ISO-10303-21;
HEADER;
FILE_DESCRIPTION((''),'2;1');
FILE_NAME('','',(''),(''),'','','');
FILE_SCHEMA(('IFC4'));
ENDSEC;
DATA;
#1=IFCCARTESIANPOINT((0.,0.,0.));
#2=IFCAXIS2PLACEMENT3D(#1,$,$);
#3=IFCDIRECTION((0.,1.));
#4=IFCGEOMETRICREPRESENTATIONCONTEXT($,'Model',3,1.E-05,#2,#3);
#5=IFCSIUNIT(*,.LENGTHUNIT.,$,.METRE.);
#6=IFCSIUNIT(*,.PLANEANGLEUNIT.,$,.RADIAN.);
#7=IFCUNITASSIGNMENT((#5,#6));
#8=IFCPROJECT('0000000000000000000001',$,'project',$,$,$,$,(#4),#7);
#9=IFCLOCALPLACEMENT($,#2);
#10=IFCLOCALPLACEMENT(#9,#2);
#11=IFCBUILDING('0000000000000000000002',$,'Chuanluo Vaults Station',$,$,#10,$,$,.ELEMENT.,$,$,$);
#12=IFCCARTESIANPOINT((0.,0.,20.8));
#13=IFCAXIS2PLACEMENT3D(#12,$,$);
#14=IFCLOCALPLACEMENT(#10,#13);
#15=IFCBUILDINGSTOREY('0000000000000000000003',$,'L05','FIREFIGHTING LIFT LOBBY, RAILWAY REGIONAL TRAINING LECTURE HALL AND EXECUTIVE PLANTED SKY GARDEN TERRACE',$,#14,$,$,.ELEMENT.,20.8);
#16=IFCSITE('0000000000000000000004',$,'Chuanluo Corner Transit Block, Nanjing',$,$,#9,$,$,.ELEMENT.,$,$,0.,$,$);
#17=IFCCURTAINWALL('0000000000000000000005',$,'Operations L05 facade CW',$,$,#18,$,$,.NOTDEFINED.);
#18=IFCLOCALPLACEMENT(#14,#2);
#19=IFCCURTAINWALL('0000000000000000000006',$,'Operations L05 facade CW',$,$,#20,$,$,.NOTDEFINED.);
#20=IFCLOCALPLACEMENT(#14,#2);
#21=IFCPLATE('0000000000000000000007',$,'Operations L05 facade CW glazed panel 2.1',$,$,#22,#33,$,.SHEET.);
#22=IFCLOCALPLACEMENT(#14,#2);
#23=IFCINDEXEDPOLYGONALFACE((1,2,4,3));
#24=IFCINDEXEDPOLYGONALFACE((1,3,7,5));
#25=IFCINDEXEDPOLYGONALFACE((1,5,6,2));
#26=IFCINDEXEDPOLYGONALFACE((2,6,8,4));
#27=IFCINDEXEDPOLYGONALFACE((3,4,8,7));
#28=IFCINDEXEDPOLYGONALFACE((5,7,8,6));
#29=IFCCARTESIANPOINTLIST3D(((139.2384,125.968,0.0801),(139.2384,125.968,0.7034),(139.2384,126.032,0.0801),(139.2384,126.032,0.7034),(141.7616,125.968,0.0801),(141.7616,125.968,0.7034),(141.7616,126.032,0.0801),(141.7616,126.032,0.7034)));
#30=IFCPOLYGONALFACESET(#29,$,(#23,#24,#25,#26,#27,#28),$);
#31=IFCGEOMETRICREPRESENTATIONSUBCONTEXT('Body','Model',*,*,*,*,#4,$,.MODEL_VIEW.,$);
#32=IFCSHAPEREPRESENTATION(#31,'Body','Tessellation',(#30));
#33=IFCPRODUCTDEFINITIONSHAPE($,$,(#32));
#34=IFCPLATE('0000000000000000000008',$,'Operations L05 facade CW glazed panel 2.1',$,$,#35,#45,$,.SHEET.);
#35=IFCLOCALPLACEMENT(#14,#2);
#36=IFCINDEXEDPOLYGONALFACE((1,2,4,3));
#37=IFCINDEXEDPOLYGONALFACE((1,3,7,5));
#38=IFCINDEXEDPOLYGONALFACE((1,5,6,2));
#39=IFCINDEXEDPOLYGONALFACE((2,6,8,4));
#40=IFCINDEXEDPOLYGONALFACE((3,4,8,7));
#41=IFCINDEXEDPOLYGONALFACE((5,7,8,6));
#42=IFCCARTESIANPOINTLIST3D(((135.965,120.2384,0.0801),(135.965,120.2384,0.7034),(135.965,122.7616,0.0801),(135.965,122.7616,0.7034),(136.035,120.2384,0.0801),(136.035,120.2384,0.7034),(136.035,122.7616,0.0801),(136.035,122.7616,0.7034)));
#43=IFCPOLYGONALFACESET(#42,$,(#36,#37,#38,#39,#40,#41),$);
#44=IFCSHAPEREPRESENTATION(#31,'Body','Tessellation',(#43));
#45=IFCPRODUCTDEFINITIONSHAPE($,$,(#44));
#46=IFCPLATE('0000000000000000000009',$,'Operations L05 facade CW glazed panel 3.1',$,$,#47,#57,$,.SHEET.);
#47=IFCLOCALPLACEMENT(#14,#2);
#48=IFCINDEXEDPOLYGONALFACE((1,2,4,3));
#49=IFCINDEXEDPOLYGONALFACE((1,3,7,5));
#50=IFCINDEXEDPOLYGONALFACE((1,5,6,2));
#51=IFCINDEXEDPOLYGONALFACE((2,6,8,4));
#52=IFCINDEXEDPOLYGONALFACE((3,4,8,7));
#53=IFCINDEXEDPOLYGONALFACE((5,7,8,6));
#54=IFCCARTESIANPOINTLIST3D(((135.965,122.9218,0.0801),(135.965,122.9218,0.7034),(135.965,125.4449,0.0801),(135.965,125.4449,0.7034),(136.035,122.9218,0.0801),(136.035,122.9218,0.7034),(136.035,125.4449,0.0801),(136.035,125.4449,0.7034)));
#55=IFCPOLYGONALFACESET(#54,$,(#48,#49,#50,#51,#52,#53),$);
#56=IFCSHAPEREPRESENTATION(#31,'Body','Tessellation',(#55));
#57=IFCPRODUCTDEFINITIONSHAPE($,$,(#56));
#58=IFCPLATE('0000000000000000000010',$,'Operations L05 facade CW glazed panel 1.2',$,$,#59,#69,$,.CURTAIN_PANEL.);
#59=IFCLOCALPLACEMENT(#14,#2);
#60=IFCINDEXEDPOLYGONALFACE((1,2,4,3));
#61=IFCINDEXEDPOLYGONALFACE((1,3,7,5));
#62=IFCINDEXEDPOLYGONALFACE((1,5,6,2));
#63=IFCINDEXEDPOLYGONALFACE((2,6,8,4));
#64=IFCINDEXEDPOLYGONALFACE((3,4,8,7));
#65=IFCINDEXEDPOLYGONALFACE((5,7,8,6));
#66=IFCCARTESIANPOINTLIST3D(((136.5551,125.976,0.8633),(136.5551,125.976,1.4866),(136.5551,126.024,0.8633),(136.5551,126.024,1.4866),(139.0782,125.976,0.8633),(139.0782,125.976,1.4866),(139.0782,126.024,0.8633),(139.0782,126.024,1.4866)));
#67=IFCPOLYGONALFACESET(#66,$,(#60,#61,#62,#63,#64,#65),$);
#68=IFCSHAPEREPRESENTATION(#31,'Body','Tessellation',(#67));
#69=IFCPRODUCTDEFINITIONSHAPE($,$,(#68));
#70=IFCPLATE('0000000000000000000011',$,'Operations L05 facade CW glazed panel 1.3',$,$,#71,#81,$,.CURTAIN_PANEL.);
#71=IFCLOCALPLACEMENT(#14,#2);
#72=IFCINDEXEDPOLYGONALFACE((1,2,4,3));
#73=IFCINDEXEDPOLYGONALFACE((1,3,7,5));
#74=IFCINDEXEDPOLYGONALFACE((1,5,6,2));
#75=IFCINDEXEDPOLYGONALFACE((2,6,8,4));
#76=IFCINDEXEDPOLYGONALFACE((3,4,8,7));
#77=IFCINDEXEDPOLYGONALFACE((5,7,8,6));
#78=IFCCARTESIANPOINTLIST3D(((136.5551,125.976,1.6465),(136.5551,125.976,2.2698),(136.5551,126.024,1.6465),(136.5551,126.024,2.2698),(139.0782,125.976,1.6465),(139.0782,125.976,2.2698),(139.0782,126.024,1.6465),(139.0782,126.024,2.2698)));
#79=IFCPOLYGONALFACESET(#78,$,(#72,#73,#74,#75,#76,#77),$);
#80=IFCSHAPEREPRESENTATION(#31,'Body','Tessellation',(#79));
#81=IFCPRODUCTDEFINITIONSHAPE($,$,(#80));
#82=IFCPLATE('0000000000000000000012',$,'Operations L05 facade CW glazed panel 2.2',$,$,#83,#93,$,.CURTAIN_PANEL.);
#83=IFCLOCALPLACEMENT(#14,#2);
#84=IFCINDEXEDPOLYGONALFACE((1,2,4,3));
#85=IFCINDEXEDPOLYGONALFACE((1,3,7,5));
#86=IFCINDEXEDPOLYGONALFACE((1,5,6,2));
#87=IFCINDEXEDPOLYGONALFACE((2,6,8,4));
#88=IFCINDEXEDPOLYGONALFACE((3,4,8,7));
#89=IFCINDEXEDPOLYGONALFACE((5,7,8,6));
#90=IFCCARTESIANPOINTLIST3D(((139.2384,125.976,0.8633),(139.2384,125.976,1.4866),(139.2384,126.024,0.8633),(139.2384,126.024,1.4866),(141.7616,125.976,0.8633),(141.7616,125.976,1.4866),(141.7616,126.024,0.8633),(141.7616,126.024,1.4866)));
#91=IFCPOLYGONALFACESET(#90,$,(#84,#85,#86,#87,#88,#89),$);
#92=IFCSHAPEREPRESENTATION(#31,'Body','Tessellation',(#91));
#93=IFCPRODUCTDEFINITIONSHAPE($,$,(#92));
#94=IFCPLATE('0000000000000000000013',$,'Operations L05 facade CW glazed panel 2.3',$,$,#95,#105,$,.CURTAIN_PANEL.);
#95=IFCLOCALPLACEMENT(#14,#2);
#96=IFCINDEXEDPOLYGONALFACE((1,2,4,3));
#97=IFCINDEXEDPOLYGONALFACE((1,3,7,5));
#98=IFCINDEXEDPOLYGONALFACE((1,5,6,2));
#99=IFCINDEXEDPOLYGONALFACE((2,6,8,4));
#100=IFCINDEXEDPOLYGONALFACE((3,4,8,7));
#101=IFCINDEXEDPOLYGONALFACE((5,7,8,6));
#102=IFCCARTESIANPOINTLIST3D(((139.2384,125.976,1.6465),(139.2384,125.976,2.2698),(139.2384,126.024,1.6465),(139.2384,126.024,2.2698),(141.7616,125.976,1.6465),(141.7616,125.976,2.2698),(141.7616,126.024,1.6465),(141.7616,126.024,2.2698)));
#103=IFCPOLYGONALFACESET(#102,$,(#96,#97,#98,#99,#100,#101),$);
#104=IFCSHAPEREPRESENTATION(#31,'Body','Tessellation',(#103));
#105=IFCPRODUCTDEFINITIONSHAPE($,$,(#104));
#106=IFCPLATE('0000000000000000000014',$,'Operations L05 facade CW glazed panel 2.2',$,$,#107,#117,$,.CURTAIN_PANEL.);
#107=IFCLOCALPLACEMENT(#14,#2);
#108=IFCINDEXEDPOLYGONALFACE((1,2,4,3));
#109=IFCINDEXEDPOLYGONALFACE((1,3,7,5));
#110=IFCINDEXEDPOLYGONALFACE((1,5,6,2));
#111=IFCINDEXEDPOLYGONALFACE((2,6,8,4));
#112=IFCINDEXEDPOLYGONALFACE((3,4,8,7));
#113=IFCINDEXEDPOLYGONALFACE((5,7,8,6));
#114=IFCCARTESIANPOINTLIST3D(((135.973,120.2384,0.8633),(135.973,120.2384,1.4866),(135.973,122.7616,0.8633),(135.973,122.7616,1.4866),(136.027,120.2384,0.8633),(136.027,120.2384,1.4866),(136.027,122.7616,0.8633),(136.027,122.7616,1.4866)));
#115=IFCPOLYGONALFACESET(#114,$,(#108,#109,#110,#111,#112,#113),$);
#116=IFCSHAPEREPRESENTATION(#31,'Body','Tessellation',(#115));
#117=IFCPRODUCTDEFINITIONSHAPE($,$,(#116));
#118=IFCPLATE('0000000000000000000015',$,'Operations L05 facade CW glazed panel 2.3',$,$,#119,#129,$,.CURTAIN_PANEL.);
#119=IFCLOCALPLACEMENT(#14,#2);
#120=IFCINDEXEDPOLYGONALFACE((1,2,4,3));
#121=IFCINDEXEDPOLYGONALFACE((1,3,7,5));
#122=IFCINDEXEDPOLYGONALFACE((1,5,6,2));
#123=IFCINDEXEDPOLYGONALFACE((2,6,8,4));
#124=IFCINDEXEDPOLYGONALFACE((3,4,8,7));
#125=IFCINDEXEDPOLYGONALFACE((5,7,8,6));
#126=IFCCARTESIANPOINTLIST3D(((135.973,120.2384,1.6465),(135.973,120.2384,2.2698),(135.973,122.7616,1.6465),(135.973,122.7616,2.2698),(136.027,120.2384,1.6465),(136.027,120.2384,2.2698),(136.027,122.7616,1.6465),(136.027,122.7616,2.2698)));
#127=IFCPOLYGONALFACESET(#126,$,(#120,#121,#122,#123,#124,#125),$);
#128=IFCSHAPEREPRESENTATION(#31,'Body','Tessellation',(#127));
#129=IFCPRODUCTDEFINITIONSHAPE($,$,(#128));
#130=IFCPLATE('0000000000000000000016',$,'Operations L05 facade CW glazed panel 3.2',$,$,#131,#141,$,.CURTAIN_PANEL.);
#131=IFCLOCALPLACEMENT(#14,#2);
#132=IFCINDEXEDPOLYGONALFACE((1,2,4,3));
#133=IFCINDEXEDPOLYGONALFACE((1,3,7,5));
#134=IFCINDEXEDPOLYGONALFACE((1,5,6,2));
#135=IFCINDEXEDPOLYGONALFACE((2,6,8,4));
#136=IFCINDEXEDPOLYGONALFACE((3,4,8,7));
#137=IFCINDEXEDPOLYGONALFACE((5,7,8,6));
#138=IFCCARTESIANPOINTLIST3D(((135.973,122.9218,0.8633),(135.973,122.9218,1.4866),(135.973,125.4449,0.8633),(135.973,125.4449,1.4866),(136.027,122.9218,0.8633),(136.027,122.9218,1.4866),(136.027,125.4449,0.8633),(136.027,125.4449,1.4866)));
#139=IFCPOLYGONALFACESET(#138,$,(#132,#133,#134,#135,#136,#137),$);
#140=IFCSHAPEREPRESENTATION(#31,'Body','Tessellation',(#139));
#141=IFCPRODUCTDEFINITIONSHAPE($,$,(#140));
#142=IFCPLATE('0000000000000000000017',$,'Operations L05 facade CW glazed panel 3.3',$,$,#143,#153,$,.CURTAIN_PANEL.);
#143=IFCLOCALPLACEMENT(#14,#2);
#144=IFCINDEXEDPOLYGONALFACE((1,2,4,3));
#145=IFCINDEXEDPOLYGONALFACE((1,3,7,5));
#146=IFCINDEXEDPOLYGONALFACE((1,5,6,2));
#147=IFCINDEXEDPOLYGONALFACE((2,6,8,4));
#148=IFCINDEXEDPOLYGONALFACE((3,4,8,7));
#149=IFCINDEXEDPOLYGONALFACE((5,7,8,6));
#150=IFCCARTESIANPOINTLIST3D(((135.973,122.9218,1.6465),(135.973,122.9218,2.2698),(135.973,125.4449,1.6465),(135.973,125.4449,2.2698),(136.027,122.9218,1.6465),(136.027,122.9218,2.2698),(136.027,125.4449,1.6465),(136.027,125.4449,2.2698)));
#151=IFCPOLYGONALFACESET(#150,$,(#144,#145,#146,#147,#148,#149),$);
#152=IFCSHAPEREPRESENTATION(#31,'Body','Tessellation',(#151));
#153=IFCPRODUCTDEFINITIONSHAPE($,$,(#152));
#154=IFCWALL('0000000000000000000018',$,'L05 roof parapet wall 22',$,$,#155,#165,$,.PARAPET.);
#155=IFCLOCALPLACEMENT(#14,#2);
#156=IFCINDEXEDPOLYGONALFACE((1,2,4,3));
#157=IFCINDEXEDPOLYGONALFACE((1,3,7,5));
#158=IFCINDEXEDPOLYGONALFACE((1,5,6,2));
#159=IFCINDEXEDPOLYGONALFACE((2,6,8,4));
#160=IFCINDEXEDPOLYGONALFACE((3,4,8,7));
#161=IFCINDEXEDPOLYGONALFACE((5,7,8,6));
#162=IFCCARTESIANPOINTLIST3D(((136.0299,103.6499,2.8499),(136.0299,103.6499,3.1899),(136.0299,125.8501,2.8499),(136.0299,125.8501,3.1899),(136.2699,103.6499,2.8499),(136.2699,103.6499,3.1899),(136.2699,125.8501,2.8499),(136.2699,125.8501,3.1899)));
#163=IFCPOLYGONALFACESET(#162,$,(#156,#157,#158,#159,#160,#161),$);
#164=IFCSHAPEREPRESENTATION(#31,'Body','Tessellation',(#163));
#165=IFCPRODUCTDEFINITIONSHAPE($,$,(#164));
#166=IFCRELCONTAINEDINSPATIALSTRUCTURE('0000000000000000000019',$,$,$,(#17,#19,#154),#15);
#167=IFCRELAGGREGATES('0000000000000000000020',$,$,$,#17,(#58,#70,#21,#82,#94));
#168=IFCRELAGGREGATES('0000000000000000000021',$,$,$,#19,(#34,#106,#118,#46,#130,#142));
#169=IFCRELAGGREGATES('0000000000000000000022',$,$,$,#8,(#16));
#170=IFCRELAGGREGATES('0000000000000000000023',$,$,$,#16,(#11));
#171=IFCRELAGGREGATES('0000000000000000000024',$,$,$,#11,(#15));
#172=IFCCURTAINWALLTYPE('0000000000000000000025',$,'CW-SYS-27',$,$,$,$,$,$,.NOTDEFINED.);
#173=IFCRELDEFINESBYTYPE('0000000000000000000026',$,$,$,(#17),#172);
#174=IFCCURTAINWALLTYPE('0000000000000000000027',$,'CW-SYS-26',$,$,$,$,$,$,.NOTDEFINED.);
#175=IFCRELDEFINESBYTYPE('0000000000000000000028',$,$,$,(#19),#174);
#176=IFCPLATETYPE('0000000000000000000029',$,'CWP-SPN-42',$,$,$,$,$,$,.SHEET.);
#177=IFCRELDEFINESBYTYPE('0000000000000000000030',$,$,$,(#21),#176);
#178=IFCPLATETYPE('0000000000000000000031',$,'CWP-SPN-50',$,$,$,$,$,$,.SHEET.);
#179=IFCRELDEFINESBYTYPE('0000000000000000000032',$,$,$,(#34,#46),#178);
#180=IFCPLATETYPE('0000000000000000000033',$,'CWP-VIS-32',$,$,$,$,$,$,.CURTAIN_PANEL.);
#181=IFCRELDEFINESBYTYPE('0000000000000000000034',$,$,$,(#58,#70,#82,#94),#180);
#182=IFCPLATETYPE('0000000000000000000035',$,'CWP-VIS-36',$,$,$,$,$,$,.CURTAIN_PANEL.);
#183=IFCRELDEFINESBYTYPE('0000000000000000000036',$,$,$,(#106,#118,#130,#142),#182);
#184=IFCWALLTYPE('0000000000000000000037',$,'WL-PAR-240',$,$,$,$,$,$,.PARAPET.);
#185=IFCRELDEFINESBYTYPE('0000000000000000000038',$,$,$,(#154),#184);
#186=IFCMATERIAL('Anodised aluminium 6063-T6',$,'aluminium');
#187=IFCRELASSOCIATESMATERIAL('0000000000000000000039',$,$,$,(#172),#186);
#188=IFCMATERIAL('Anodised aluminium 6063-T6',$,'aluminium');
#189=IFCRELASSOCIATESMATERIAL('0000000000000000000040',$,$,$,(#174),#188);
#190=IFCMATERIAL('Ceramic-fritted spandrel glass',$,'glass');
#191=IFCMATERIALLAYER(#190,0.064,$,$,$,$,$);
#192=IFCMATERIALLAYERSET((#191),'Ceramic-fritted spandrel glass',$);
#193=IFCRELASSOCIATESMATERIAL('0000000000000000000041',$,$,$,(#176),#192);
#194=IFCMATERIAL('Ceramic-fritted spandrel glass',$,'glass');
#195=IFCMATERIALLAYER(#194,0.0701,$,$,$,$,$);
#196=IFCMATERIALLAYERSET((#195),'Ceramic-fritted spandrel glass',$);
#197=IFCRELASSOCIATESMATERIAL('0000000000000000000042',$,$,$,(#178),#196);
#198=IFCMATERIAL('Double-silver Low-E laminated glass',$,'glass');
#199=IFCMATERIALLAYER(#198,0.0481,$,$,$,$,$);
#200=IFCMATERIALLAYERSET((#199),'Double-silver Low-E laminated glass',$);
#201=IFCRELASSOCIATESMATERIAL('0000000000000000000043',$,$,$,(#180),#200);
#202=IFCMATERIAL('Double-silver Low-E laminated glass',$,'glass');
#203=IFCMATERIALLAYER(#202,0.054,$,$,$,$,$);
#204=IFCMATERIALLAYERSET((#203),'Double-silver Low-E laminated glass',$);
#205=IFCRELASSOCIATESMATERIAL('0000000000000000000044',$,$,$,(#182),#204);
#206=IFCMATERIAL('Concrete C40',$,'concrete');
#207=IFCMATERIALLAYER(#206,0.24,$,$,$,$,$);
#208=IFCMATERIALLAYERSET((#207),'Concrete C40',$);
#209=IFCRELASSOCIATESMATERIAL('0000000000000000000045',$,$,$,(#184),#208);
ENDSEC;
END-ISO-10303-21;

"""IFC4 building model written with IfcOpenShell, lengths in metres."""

from ifc_helpers import new_model, si_unit, direction, frame, frame_2d, origin, origin_2d, place, context, subcontext, project, spatial, rectangle, extrude, material, layer, layer_set, type_object, element, aggregate, save


model = new_model("IFC4")

# Units and contexts
model_context = context("Model", 3, precision=1e-05, world=origin(), true_north=direction((0.0, 1.0)))
body_context = subcontext(model_context, "Body", "Model", "MODEL_VIEW")
ifc_project = project(units=[si_unit("LENGTHUNIT", "METRE"), si_unit("PLANEANGLEUNIT", "RADIAN")], contexts=[model_context])

# Site, building, storey
site_placement = place(None, origin())
site = spatial("IfcSite", under=ifc_project, at=site_placement, Name="Chuanluo Corner Transit Block, Nanjing", CompositionType="ELEMENT", RefElevation=0.0)
building_placement = place(site_placement, origin())
building = spatial("IfcBuilding", under=site, at=building_placement, Name="Chuanluo Vaults Station", CompositionType="ELEMENT")
storey_placement = place(building_placement, frame((0.0, 0.0, 20.8)))
storey = spatial("IfcBuildingStorey", under=building, at=storey_placement, Name="L05", Description="FIREFIGHTING LIFT LOBBY, RAILWAY REGIONAL TRAINING LECTURE HALL AND EXECUTIVE PLANTED SKY GARDEN TERRACE", CompositionType="ELEMENT", Elevation=20.8)

# Curtain walls
ifc_material_1 = material(Name="Anodised aluminium 6063-T6", Category="aluminium")
curtain_wall_type_1 = type_object("IfcCurtainWallType", Name="CW-SYS-27", PredefinedType="NOTDEFINED", material=ifc_material_1)
curtain_wall_1_placement = place(storey_placement, origin())
curtain_wall_1 = element("IfcCurtainWall", 1, at=curtain_wall_1_placement, inside=storey, type_object=curtain_wall_type_1, Name="Operations L05 facade CW", PredefinedType="NOTDEFINED")
ifc_material_2 = material(Name="Anodised aluminium 6063-T6", Category="aluminium")
curtain_wall_type_2 = type_object("IfcCurtainWallType", Name="CW-SYS-26", PredefinedType="NOTDEFINED", material=ifc_material_2)
curtain_wall_2_placement = place(storey_placement, origin())
curtain_wall_2 = element("IfcCurtainWall", 2, at=curtain_wall_2_placement, inside=storey, type_object=curtain_wall_type_2, Name="Operations L05 facade CW", PredefinedType="NOTDEFINED")

# Plates
ifc_material_3 = material(Name="Ceramic-fritted spandrel glass", Category="glass")
ifc_layer_1 = layer(ifc_material_3, 0.064)
ifc_layer_set_1 = layer_set([ifc_layer_1], Name="Ceramic-fritted spandrel glass")
plate_type_1 = type_object("IfcPlateType", Name="CWP-SPN-42", PredefinedType="SHEET", material=ifc_layer_set_1)
plate_1_placement = place(storey_placement, frame((140.5, 126.0, 0.0801), z_axis=(0.0, 0.0, 1.0), x_axis=(1.0, 0.0, 0.0)))
plate_1 = element("IfcPlate", 3, at=plate_1_placement, type_object=plate_type_1, Name="Operations L05 facade CW glazed panel 2.1", PredefinedType="SHEET", context=body_context, shape_type="SweptSolid", body=[
    extrude(rectangle(XDim=2.5232, YDim=0.064, at=origin_2d()), origin(), (0.0, 0.0, 1.0), 0.6233),
])
ifc_material_4 = material(Name="Ceramic-fritted spandrel glass", Category="glass")
ifc_layer_2 = layer(ifc_material_4, 0.0701)
ifc_layer_set_2 = layer_set([ifc_layer_2], Name="Ceramic-fritted spandrel glass")
plate_type_2 = type_object("IfcPlateType", Name="CWP-SPN-50", PredefinedType="SHEET", material=ifc_layer_set_2)
plate_2_placement = place(storey_placement, frame((136.0, 121.5, 0.0801), z_axis=(0.0, 0.0, 1.0), x_axis=(0.0, 1.0, 0.0)))
plate_2 = element("IfcPlate", 4, at=plate_2_placement, type_object=plate_type_2, Name="Operations L05 facade CW glazed panel 2.1", PredefinedType="SHEET", context=body_context, shape_type="SweptSolid", body=[
    extrude(rectangle(XDim=2.5232, YDim=0.0701, at=origin_2d()), origin(), (0.0, 0.0, 1.0), 0.6233),
])
plate_3_placement = place(storey_placement, frame((136.0, 124.1833, 0.0801), z_axis=(0.0, 0.0, 1.0), x_axis=(0.0, 1.0, 0.0)))
plate_3 = element("IfcPlate", 5, at=plate_3_placement, type_object=plate_type_2, Name="Operations L05 facade CW glazed panel 3.1", PredefinedType="SHEET", context=body_context, shape_type="SweptSolid", body=[
    extrude(rectangle(XDim=2.5232, YDim=0.0701, at=origin_2d()), origin(), (0.0, 0.0, 1.0), 0.6233),
])
ifc_material_5 = material(Name="Double-silver Low-E laminated glass", Category="glass")
ifc_layer_3 = layer(ifc_material_5, 0.0481)
ifc_layer_set_3 = layer_set([ifc_layer_3], Name="Double-silver Low-E laminated glass")
plate_type_3 = type_object("IfcPlateType", Name="CWP-VIS-32", PredefinedType="CURTAIN_PANEL", material=ifc_layer_set_3)
plate_4_placement = place(storey_placement, frame((137.8167, 126.0, 0.8633), z_axis=(0.0, 0.0, 1.0), x_axis=(1.0, 0.0, 0.0)))
plate_4 = element("IfcPlate", 6, at=plate_4_placement, type_object=plate_type_3, Name="Operations L05 facade CW glazed panel 1.2", PredefinedType="CURTAIN_PANEL", context=body_context, shape_type="SweptSolid", body=[
    extrude(rectangle(XDim=2.5232, YDim=0.0481, at=origin_2d()), origin(), (0.0, 0.0, 1.0), 0.6233),
])
plate_5_placement = place(storey_placement, frame((137.8167, 126.0, 1.6465), z_axis=(0.0, 0.0, 1.0), x_axis=(1.0, 0.0, 0.0)))
plate_5 = element("IfcPlate", 7, at=plate_5_placement, type_object=plate_type_3, Name="Operations L05 facade CW glazed panel 1.3", PredefinedType="CURTAIN_PANEL", context=body_context, shape_type="SweptSolid", body=[
    extrude(rectangle(XDim=2.5232, YDim=0.0481, at=origin_2d()), origin(), (0.0, 0.0, 1.0), 0.6233),
])
plate_6_placement = place(storey_placement, frame((140.5, 126.0, 0.8633), z_axis=(0.0, 0.0, 1.0), x_axis=(1.0, 0.0, 0.0)))
plate_6 = element("IfcPlate", 8, at=plate_6_placement, type_object=plate_type_3, Name="Operations L05 facade CW glazed panel 2.2", PredefinedType="CURTAIN_PANEL", context=body_context, shape_type="SweptSolid", body=[
    extrude(rectangle(XDim=2.5232, YDim=0.0481, at=origin_2d()), origin(), (0.0, 0.0, 1.0), 0.6233),
])
plate_7_placement = place(storey_placement, frame((140.5, 126.0, 1.6465), z_axis=(0.0, 0.0, 1.0), x_axis=(1.0, 0.0, 0.0)))
plate_7 = element("IfcPlate", 9, at=plate_7_placement, type_object=plate_type_3, Name="Operations L05 facade CW glazed panel 2.3", PredefinedType="CURTAIN_PANEL", context=body_context, shape_type="SweptSolid", body=[
    extrude(rectangle(XDim=2.5232, YDim=0.0481, at=origin_2d()), origin(), (0.0, 0.0, 1.0), 0.6233),
])
aggregate(curtain_wall_1, [plate_4, plate_5, plate_1, plate_6, plate_7])
ifc_material_6 = material(Name="Double-silver Low-E laminated glass", Category="glass")
ifc_layer_4 = layer(ifc_material_6, 0.054)
ifc_layer_set_4 = layer_set([ifc_layer_4], Name="Double-silver Low-E laminated glass")
plate_type_4 = type_object("IfcPlateType", Name="CWP-VIS-36", PredefinedType="CURTAIN_PANEL", material=ifc_layer_set_4)
plate_8_placement = place(storey_placement, frame((136.0, 121.5, 0.8633), z_axis=(0.0, 0.0, 1.0), x_axis=(0.0, 1.0, 0.0)))
plate_8 = element("IfcPlate", 10, at=plate_8_placement, type_object=plate_type_4, Name="Operations L05 facade CW glazed panel 2.2", PredefinedType="CURTAIN_PANEL", context=body_context, shape_type="SweptSolid", body=[
    extrude(rectangle(XDim=2.5232, YDim=0.054, at=origin_2d()), origin(), (0.0, 0.0, 1.0), 0.6233),
])
plate_9_placement = place(storey_placement, frame((136.0, 121.5, 1.6465), z_axis=(0.0, 0.0, 1.0), x_axis=(0.0, 1.0, 0.0)))
plate_9 = element("IfcPlate", 11, at=plate_9_placement, type_object=plate_type_4, Name="Operations L05 facade CW glazed panel 2.3", PredefinedType="CURTAIN_PANEL", context=body_context, shape_type="SweptSolid", body=[
    extrude(rectangle(XDim=2.5232, YDim=0.054, at=origin_2d()), origin(), (0.0, 0.0, 1.0), 0.6233),
])
plate_10_placement = place(storey_placement, frame((136.0, 124.1833, 0.8633), z_axis=(0.0, 0.0, 1.0), x_axis=(0.0, 1.0, 0.0)))
plate_10 = element("IfcPlate", 12, at=plate_10_placement, type_object=plate_type_4, Name="Operations L05 facade CW glazed panel 3.2", PredefinedType="CURTAIN_PANEL", context=body_context, shape_type="SweptSolid", body=[
    extrude(rectangle(XDim=2.5232, YDim=0.054, at=origin_2d()), origin(), (0.0, 0.0, 1.0), 0.6233),
])
plate_11_placement = place(storey_placement, frame((136.0, 124.1833, 1.6465), z_axis=(0.0, 0.0, 1.0), x_axis=(0.0, 1.0, 0.0)))
plate_11 = element("IfcPlate", 13, at=plate_11_placement, type_object=plate_type_4, Name="Operations L05 facade CW glazed panel 3.3", PredefinedType="CURTAIN_PANEL", context=body_context, shape_type="SweptSolid", body=[
    extrude(rectangle(XDim=2.5232, YDim=0.054, at=origin_2d()), origin(), (0.0, 0.0, 1.0), 0.6233),
])
aggregate(curtain_wall_2, [plate_2, plate_8, plate_9, plate_3, plate_10, plate_11])

# Wall
ifc_material_7 = material(Name="Concrete C40", Category="concrete")
ifc_layer_5 = layer(ifc_material_7, 0.24)
ifc_layer_set_5 = layer_set([ifc_layer_5], Name="Concrete C40")
wall_type = type_object("IfcWallType", Name="WL-PAR-240", PredefinedType="PARAPET", material=ifc_layer_set_5)
wall_placement = place(storey_placement, frame((136.1499, 125.8501, 2.8499), z_axis=(0.0, 0.0, 1.0), x_axis=(0.0, -1.0, 0.0)))
element("IfcWall", 14, at=wall_placement, inside=storey, type_object=wall_type, Name="L05 roof parapet wall 22", PredefinedType="PARAPET", context=body_context, shape_type="SweptSolid", body=[
    extrude(rectangle(XDim=22.2002, YDim=0.24, at=frame_2d((11.1001, 0.0))), origin(), (0.0, 0.0, 1.0), 0.3401),
])

save(model, "model.ifc")
